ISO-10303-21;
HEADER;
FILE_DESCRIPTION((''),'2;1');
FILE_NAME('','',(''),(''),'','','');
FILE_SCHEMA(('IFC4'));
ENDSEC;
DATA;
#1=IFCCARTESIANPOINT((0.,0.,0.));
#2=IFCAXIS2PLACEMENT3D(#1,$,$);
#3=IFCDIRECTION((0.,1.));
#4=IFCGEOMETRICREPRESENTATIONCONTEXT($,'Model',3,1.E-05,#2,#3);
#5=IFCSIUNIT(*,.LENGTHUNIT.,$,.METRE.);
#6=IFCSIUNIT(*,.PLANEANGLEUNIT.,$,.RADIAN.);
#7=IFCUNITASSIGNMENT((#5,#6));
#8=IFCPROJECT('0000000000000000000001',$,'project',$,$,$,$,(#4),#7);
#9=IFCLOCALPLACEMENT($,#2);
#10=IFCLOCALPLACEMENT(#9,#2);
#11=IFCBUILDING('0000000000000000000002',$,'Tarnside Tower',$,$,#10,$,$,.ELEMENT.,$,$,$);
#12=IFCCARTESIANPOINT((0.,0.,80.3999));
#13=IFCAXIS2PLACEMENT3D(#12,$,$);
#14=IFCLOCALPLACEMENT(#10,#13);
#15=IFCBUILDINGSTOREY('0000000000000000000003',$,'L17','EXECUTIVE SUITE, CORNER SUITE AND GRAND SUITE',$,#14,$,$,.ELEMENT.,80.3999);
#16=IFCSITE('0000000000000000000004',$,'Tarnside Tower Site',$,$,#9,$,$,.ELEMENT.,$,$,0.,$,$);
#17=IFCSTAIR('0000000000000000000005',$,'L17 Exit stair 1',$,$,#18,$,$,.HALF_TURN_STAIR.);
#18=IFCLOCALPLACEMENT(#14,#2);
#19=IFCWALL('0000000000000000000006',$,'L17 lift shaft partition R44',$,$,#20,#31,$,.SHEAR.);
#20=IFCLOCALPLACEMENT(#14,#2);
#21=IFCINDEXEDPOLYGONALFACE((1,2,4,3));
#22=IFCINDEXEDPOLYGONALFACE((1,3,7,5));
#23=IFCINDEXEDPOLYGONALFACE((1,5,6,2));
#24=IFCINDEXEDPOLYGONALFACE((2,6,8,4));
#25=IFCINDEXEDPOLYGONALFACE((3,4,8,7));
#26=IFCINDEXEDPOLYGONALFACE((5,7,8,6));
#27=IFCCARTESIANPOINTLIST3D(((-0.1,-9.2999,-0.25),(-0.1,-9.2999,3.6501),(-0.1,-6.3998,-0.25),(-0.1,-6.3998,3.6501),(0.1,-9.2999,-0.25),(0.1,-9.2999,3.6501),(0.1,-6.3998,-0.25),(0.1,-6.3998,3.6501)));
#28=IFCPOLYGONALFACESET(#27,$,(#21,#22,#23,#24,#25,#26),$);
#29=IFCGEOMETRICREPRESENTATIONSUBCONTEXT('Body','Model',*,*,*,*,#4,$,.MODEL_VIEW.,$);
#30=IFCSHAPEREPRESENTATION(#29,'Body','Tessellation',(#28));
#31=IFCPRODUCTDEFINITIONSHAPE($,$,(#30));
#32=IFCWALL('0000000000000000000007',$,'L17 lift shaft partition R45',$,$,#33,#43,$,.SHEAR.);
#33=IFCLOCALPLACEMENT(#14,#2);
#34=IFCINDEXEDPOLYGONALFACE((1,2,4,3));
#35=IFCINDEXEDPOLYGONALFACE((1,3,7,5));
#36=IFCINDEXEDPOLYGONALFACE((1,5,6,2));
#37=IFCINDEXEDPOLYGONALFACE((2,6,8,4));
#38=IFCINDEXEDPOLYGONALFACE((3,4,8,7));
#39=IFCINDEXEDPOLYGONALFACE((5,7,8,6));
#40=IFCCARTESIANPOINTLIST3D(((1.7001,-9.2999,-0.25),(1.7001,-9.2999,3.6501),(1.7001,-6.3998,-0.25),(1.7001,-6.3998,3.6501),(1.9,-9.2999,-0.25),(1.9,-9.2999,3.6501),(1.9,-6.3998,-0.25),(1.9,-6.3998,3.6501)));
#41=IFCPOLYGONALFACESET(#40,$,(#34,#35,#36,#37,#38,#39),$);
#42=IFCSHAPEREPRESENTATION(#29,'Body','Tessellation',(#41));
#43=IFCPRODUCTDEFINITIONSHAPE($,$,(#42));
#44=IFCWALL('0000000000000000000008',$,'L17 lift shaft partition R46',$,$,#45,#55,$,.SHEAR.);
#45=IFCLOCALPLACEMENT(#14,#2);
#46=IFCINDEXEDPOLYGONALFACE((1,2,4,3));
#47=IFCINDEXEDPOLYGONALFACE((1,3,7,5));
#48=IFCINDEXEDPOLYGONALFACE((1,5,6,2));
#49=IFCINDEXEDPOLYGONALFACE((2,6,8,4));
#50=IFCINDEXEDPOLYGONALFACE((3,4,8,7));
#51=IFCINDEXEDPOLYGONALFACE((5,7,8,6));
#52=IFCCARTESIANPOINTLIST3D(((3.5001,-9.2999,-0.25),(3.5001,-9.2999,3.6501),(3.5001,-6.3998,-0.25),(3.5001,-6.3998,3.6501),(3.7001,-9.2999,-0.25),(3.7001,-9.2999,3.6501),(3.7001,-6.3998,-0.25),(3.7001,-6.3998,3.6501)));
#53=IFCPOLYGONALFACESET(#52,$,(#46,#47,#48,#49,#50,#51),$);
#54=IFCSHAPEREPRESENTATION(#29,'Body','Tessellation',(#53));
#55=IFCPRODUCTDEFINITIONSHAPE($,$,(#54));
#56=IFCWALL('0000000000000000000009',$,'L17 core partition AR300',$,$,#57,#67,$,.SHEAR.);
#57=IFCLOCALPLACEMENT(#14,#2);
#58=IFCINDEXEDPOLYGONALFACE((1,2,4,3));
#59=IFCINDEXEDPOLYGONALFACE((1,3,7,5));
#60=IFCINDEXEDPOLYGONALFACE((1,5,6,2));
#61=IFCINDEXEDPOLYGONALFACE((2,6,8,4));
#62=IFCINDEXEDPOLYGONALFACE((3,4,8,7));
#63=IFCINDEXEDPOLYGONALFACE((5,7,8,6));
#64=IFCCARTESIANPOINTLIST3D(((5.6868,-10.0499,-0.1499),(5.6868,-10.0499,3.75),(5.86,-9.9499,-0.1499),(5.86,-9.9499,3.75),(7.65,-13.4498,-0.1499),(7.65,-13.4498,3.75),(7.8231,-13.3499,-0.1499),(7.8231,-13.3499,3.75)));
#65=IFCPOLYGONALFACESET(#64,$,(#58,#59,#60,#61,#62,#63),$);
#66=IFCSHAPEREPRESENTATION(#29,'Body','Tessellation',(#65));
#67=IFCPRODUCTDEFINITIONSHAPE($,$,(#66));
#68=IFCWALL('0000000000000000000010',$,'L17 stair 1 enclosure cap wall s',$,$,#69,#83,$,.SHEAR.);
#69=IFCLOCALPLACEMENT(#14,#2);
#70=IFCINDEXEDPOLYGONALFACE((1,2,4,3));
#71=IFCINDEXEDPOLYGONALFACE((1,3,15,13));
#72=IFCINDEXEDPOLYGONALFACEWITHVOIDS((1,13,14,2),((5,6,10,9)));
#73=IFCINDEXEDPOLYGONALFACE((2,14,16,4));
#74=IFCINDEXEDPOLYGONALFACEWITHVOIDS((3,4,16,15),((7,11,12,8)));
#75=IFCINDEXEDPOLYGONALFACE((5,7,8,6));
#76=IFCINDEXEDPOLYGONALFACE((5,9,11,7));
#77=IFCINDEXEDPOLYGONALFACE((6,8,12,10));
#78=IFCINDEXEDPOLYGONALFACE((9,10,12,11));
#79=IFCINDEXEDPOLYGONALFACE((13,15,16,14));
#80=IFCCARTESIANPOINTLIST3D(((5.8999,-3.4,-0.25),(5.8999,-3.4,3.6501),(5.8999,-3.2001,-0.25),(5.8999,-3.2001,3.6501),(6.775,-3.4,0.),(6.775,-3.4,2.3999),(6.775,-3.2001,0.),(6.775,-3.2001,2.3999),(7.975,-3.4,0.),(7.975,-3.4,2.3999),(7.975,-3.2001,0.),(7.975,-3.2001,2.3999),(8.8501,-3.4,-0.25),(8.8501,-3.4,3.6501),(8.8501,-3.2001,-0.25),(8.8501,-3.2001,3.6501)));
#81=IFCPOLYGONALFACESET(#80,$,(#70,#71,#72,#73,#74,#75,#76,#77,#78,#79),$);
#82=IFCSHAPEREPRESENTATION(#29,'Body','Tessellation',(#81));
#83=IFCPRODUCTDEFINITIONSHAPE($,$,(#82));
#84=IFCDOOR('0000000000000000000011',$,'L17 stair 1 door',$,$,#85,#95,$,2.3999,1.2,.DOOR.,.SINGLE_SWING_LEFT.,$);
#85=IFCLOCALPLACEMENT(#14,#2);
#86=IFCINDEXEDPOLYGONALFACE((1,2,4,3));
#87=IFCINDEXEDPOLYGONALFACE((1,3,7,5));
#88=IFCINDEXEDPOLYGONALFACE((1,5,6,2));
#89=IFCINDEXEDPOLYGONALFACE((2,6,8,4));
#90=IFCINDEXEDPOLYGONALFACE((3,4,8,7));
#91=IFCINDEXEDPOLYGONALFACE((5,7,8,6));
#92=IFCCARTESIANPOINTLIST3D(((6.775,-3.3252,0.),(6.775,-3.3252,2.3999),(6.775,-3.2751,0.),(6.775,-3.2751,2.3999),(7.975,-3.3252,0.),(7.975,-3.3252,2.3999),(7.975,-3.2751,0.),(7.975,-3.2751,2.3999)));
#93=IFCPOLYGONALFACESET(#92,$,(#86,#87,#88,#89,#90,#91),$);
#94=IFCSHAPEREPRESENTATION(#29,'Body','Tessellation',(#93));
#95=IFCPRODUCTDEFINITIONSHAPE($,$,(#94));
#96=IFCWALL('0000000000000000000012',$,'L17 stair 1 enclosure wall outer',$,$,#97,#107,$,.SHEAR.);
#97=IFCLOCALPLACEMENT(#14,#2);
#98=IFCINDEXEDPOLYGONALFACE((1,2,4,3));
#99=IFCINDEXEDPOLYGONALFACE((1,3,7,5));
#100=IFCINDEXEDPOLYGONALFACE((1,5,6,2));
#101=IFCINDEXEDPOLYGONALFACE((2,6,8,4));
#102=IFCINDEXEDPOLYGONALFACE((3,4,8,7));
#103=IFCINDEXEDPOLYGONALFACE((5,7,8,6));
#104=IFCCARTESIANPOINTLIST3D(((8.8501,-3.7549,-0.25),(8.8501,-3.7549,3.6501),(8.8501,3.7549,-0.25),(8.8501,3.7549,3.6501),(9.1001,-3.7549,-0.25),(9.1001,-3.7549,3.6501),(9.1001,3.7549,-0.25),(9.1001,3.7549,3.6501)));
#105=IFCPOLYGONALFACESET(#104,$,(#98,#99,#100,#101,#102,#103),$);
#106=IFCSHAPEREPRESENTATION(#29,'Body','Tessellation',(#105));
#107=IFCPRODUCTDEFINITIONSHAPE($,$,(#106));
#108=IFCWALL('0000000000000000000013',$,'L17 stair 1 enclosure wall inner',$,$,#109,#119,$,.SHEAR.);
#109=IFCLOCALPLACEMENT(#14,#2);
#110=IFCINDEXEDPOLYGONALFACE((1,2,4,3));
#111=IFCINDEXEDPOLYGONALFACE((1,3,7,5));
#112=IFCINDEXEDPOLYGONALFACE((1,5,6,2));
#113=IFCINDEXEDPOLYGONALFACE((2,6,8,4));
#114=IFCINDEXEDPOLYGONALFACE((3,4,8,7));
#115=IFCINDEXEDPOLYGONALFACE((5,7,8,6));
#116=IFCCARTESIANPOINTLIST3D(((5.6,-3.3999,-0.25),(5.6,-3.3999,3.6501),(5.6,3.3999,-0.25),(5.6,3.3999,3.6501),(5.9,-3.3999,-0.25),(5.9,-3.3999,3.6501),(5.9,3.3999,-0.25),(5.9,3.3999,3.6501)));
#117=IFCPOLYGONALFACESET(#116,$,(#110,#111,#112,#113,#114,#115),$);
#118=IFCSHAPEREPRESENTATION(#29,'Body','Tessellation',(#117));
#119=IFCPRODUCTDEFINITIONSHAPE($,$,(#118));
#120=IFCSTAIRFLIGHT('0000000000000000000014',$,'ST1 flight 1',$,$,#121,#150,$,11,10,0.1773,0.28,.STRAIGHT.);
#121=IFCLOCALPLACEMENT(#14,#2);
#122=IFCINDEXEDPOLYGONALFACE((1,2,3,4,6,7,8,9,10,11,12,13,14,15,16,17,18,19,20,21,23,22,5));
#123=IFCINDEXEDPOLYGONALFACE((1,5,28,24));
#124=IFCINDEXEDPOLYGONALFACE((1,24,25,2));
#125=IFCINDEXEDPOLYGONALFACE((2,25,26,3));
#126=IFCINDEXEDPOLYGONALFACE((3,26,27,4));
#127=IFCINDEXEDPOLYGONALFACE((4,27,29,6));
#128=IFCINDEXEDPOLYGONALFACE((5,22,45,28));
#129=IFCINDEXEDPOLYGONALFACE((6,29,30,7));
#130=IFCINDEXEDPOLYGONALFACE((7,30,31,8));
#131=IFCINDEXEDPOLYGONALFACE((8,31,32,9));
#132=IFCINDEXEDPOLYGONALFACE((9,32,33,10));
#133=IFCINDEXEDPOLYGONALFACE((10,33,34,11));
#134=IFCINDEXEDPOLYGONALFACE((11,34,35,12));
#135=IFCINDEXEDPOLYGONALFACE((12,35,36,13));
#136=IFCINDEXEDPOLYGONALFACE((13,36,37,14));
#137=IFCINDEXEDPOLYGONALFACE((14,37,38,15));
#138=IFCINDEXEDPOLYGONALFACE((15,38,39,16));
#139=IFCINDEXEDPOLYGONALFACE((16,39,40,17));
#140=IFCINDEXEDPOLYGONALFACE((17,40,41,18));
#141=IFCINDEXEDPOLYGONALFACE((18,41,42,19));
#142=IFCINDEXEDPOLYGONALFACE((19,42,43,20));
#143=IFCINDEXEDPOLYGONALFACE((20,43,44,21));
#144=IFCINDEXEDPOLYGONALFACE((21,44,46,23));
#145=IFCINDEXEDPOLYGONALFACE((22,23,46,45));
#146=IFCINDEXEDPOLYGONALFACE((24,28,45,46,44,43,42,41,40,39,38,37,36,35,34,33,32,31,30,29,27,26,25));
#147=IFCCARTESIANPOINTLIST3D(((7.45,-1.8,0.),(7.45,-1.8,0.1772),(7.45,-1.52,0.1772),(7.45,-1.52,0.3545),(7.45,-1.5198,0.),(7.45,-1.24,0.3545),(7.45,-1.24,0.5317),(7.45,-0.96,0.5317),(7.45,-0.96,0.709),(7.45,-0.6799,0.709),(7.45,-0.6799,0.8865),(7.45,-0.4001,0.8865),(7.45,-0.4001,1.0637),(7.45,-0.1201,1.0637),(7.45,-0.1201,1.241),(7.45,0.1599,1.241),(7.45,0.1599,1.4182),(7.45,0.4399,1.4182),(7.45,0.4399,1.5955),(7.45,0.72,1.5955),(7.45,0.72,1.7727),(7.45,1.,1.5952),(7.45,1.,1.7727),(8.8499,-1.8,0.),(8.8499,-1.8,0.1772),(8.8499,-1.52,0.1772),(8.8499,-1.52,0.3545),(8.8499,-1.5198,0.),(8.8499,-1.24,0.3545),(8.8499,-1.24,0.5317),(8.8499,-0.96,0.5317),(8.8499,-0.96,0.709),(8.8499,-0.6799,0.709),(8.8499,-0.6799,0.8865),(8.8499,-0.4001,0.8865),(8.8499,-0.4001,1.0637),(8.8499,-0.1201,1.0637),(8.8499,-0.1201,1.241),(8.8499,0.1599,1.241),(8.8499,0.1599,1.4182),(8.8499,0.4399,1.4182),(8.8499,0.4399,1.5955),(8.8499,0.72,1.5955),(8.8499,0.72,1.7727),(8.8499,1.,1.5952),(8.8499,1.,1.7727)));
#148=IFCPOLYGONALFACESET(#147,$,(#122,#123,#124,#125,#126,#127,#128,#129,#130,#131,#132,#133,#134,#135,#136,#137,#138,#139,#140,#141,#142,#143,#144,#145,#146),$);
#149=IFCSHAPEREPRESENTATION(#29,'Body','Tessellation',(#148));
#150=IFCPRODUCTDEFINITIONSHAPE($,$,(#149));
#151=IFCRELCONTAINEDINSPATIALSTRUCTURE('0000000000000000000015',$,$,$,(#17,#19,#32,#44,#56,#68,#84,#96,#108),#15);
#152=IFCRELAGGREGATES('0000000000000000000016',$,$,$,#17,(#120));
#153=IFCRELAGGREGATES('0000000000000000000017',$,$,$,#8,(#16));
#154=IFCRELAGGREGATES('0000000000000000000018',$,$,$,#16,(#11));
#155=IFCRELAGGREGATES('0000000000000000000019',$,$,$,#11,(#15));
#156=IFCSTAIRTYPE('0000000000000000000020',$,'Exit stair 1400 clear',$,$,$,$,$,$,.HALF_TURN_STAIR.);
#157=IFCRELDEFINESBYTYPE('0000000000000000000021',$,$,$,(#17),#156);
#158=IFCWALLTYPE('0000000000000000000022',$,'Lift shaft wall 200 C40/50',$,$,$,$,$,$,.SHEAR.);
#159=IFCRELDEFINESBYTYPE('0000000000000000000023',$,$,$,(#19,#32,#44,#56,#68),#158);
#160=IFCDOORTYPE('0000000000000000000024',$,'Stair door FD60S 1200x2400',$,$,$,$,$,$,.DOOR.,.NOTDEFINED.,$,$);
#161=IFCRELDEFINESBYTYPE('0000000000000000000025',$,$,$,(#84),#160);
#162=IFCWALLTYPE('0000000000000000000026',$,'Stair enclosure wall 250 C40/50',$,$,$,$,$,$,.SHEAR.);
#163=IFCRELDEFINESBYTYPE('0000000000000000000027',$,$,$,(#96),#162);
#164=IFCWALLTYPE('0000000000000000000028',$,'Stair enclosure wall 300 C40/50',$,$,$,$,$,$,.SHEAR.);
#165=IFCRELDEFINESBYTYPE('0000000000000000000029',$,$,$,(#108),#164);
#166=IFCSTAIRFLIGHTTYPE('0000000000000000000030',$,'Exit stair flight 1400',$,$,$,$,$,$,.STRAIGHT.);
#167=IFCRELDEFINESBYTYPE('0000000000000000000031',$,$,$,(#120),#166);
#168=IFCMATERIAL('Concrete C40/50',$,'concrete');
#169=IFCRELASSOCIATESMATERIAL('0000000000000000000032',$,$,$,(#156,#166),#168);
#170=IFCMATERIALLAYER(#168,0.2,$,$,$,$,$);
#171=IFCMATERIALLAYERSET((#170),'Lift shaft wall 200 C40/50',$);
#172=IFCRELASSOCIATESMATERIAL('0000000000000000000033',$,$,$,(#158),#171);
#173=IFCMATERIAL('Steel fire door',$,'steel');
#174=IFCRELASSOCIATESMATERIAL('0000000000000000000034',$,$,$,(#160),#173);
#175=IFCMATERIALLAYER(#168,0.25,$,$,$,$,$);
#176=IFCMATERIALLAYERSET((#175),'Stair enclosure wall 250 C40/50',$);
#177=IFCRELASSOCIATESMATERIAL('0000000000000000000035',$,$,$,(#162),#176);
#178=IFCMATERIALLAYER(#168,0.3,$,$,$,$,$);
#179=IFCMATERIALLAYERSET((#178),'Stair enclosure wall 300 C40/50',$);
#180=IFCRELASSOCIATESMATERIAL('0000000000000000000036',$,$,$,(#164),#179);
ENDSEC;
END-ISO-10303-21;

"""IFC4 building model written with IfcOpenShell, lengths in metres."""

from ifc_helpers import new_model, si_unit, direction, frame, frame_2d, origin, place, context, subcontext, project, spatial, polyline, rectangle, outline, extrude, material, layer, layer_set, type_object, element, fill, aggregate, save


model = new_model("IFC4")

# Units and contexts
model_context = context("Model", 3, precision=1e-05, world=origin(), true_north=direction((0.0, 1.0)))
body_context = subcontext(model_context, "Body", "Model", "MODEL_VIEW")
ifc_project = project(units=[si_unit("LENGTHUNIT", "METRE"), si_unit("PLANEANGLEUNIT", "RADIAN")], contexts=[model_context])

# Site, building, storey
site_placement = place(None, origin())
site = spatial("IfcSite", under=ifc_project, at=site_placement, Name="Tarnside Tower Site", CompositionType="ELEMENT", RefElevation=0.0)
building_placement = place(site_placement, origin())
building = spatial("IfcBuilding", under=site, at=building_placement, Name="Tarnside Tower", CompositionType="ELEMENT")
storey_placement = place(building_placement, frame((0.0, 0.0, 80.3999)))
storey = spatial("IfcBuildingStorey", under=building, at=storey_placement, Name="L17", Description="EXECUTIVE SUITE, CORNER SUITE AND GRAND SUITE", CompositionType="ELEMENT", Elevation=80.3999)

# Shared definitions
ifc_material_1 = material(Name="Concrete C40/50", Category="concrete")

# Stair
stair_type = type_object("IfcStairType", Name="Exit stair 1400 clear", PredefinedType="HALF_TURN_STAIR", material=ifc_material_1)
stair_1_placement = place(storey_placement, origin())
stair_1 = element("IfcStair", 1, at=stair_1_placement, inside=storey, type_object=stair_type, Name="L17 Exit stair 1", PredefinedType="HALF_TURN_STAIR")

# Shared definitions
ifc_material_2 = material(Name="Steel fire door", Category="steel")

# Walls
ifc_layer_1 = layer(ifc_material_1, 0.2)
ifc_layer_set_1 = layer_set([ifc_layer_1], Name="Lift shaft wall 200 C40/50")
wall_type_1 = type_object("IfcWallType", Name="Lift shaft wall 200 C40/50", PredefinedType="SHEAR", material=ifc_layer_set_1)
for number, where, z_axis, x_axis, name in (
    (2, (0.0, -9.3, -0.25), (0.0, 0.0, 1.0), (0.0, 1.0, 0.0), "L17 lift shaft partition R44"),
    (3, (1.8, -9.3, -0.25), (0.0, 0.0, 1.0), (0.0, 1.0, 0.0), "L17 lift shaft partition R45"),
    (4, (3.6001, -9.3, -0.25), (0.0, 0.0, 1.0), (0.0, 1.0, 0.0), "L17 lift shaft partition R46"),
):
    element("IfcWall", number, at=place(storey_placement, frame(where, z_axis=z_axis, x_axis=x_axis)), inside=storey, type_object=wall_type_1, Name=name, PredefinedType="SHEAR", context=body_context, shape_type="SweptSolid", body=[
        extrude(rectangle(XDim=2.9001, YDim=0.2, at=frame_2d((1.4502, 0.0))), origin(), (0.0, 0.0, 1.0), 3.9001),
    ])
wall_1_placement = place(storey_placement, frame((5.7734, -10.0, -0.1499), z_axis=(0.0, 0.0, 1.0), x_axis=(0.500038, -0.866003, 0.0)))
element("IfcWall", 5, at=wall_1_placement, inside=storey, type_object=wall_type_1, Name="L17 core partition AR300", PredefinedType="SHEAR", context=body_context, shape_type="SweptSolid", body=[
    extrude(rectangle(XDim=3.926, YDim=0.2, at=frame_2d((1.9629, 0.0))), origin(), (0.0, 0.0, 1.0), 3.8999),
])

# Wall, opening, door
wall_2_placement = place(storey_placement, frame((5.8999, -3.3, -0.25), z_axis=(0.0, 0.0, 1.0), x_axis=(1.0, 0.0, 0.0)))
wall_2 = element("IfcWall", 6, at=wall_2_placement, inside=storey, type_object=wall_type_1, Name="L17 stair 1 enclosure cap wall s", PredefinedType="SHEAR", context=body_context, shape_type="SweptSolid", body=[
    extrude(rectangle(XDim=2.9502, YDim=0.2, at=frame_2d((1.4751, 0.0))), origin(), (0.0, 0.0, 1.0), 3.9001),
])
opening_1_placement = place(wall_2_placement, frame((0.875, 0.0, 0.25)))
opening_1 = element("IfcOpeningElement", 7, at=opening_1_placement, cuts=wall_2, PredefinedType="OPENING", context=body_context, shape_type="SweptSolid", body=[
    extrude(rectangle(XDim=1.2, YDim=2.3999, at=frame_2d((0.6001, 1.2))), frame((0.0, 0.1099, 0.0), z_axis=(0.0, -1.0, 0.0), x_axis=(1.0, 0.0, 0.0)), (0.0, 0.0, 1.0), 0.22),
])
door_type_1 = type_object("IfcDoorType", Name="Stair door FD60S 1200x2400", OperationType="NOTDEFINED", PredefinedType="DOOR", material=ifc_material_2)
door_1_placement = place(opening_1_placement, origin())
door_1 = element("IfcDoor", 8, at=door_1_placement, inside=storey, type_object=door_type_1, Name="L17 stair 1 door", OperationType="SINGLE_SWING_LEFT", OverallHeight=2.3999, OverallWidth=1.2, PredefinedType="DOOR", context=body_context, shape_type="SweptSolid", body=[
    extrude(rectangle(XDim=1.2, YDim=2.3999, at=frame_2d((0.6001, 1.2))), frame((0.0, 0.0249, 0.0), z_axis=(0.0, -1.0, 0.0), x_axis=(1.0, 0.0, 0.0)), (0.0, 0.0, 1.0), 0.05),
])
fill(opening_1, door_1)

# Walls
ifc_layer_2 = layer(ifc_material_1, 0.25)
ifc_layer_set_2 = layer_set([ifc_layer_2], Name="Stair enclosure wall 250 C40/50")
wall_type_2 = type_object("IfcWallType", Name="Stair enclosure wall 250 C40/50", PredefinedType="SHEAR", material=ifc_layer_set_2)
wall_3_placement = place(storey_placement, frame((8.9751, -3.7549, -0.25), z_axis=(0.0, 0.0, 1.0), x_axis=(0.0, 1.0, 0.0)))
element("IfcWall", 9, at=wall_3_placement, inside=storey, type_object=wall_type_2, Name="L17 stair 1 enclosure wall outer", PredefinedType="SHEAR", context=body_context, shape_type="SweptSolid", body=[
    extrude(rectangle(XDim=7.5098, YDim=0.25, at=frame_2d((3.7549, 0.0))), origin(), (0.0, 0.0, 1.0), 3.9001),
])
ifc_layer_3 = layer(ifc_material_1, 0.3)
ifc_layer_set_3 = layer_set([ifc_layer_3], Name="Stair enclosure wall 300 C40/50")
wall_type_3 = type_object("IfcWallType", Name="Stair enclosure wall 300 C40/50", PredefinedType="SHEAR", material=ifc_layer_set_3)
wall_4_placement = place(storey_placement, frame((5.75, -3.3999, -0.25), z_axis=(0.0, 0.0, 1.0), x_axis=(0.0, 1.0, 0.0)))
element("IfcWall", 10, at=wall_4_placement, inside=storey, type_object=wall_type_3, Name="L17 stair 1 enclosure wall inner", PredefinedType="SHEAR", context=body_context, shape_type="SweptSolid", body=[
    extrude(rectangle(XDim=6.7998, YDim=0.3, at=frame_2d((3.3999, 0.0))), origin(), (0.0, 0.0, 1.0), 3.9001),
])

# Stair flight
stair_flight_type = type_object("IfcStairFlightType", Name="Exit stair flight 1400", PredefinedType="STRAIGHT", material=ifc_material_1)
stair_flight_placement = place(storey_placement, frame((8.1499, -1.8, 0.0), z_axis=(0.0, 0.0, 1.0), x_axis=(0.0, 1.0, 0.0)))
stair_flight = element("IfcStairFlight", 11, at=stair_flight_placement, type_object=stair_flight_type, Name="ST1 flight 1", NumberOfRisers=11, NumberOfTreads=10, PredefinedType="STRAIGHT", RiserHeight=0.1773, TreadLength=0.28, context=body_context, shape_type="SweptSolid", body=[
    extrude(outline(polyline([(0.0, 0.0), (0.0, 0.1772), (0.28, 0.1772), (0.28, 0.3545), (0.5601, 0.3545), (0.5601, 0.5317), (0.8401, 0.5317), (0.8401, 0.709), (1.1201, 0.709), (1.1201, 0.8865), (1.3999, 0.8865), (1.3999, 1.0637), (1.6799, 1.0637), (1.6799, 1.241), (1.96, 1.241), (1.96, 1.4182), (2.24, 1.4182), (2.24, 1.5955), (2.52, 1.5955), (2.52, 1.7727), (2.8, 1.7727), (2.8, 1.95), (2.8, 1.5952), (0.2803, 0.0), (0.0, 0.0)])), frame((0.0, 0.7, 0.0), z_axis=(0.0, -1.0, 0.0), x_axis=(1.0, 0.0, 0.0)), (0.0, 0.0, 1.0), 1.3999),
])
aggregate(stair_1, [stair_flight])

save(model, "model.ifc")
